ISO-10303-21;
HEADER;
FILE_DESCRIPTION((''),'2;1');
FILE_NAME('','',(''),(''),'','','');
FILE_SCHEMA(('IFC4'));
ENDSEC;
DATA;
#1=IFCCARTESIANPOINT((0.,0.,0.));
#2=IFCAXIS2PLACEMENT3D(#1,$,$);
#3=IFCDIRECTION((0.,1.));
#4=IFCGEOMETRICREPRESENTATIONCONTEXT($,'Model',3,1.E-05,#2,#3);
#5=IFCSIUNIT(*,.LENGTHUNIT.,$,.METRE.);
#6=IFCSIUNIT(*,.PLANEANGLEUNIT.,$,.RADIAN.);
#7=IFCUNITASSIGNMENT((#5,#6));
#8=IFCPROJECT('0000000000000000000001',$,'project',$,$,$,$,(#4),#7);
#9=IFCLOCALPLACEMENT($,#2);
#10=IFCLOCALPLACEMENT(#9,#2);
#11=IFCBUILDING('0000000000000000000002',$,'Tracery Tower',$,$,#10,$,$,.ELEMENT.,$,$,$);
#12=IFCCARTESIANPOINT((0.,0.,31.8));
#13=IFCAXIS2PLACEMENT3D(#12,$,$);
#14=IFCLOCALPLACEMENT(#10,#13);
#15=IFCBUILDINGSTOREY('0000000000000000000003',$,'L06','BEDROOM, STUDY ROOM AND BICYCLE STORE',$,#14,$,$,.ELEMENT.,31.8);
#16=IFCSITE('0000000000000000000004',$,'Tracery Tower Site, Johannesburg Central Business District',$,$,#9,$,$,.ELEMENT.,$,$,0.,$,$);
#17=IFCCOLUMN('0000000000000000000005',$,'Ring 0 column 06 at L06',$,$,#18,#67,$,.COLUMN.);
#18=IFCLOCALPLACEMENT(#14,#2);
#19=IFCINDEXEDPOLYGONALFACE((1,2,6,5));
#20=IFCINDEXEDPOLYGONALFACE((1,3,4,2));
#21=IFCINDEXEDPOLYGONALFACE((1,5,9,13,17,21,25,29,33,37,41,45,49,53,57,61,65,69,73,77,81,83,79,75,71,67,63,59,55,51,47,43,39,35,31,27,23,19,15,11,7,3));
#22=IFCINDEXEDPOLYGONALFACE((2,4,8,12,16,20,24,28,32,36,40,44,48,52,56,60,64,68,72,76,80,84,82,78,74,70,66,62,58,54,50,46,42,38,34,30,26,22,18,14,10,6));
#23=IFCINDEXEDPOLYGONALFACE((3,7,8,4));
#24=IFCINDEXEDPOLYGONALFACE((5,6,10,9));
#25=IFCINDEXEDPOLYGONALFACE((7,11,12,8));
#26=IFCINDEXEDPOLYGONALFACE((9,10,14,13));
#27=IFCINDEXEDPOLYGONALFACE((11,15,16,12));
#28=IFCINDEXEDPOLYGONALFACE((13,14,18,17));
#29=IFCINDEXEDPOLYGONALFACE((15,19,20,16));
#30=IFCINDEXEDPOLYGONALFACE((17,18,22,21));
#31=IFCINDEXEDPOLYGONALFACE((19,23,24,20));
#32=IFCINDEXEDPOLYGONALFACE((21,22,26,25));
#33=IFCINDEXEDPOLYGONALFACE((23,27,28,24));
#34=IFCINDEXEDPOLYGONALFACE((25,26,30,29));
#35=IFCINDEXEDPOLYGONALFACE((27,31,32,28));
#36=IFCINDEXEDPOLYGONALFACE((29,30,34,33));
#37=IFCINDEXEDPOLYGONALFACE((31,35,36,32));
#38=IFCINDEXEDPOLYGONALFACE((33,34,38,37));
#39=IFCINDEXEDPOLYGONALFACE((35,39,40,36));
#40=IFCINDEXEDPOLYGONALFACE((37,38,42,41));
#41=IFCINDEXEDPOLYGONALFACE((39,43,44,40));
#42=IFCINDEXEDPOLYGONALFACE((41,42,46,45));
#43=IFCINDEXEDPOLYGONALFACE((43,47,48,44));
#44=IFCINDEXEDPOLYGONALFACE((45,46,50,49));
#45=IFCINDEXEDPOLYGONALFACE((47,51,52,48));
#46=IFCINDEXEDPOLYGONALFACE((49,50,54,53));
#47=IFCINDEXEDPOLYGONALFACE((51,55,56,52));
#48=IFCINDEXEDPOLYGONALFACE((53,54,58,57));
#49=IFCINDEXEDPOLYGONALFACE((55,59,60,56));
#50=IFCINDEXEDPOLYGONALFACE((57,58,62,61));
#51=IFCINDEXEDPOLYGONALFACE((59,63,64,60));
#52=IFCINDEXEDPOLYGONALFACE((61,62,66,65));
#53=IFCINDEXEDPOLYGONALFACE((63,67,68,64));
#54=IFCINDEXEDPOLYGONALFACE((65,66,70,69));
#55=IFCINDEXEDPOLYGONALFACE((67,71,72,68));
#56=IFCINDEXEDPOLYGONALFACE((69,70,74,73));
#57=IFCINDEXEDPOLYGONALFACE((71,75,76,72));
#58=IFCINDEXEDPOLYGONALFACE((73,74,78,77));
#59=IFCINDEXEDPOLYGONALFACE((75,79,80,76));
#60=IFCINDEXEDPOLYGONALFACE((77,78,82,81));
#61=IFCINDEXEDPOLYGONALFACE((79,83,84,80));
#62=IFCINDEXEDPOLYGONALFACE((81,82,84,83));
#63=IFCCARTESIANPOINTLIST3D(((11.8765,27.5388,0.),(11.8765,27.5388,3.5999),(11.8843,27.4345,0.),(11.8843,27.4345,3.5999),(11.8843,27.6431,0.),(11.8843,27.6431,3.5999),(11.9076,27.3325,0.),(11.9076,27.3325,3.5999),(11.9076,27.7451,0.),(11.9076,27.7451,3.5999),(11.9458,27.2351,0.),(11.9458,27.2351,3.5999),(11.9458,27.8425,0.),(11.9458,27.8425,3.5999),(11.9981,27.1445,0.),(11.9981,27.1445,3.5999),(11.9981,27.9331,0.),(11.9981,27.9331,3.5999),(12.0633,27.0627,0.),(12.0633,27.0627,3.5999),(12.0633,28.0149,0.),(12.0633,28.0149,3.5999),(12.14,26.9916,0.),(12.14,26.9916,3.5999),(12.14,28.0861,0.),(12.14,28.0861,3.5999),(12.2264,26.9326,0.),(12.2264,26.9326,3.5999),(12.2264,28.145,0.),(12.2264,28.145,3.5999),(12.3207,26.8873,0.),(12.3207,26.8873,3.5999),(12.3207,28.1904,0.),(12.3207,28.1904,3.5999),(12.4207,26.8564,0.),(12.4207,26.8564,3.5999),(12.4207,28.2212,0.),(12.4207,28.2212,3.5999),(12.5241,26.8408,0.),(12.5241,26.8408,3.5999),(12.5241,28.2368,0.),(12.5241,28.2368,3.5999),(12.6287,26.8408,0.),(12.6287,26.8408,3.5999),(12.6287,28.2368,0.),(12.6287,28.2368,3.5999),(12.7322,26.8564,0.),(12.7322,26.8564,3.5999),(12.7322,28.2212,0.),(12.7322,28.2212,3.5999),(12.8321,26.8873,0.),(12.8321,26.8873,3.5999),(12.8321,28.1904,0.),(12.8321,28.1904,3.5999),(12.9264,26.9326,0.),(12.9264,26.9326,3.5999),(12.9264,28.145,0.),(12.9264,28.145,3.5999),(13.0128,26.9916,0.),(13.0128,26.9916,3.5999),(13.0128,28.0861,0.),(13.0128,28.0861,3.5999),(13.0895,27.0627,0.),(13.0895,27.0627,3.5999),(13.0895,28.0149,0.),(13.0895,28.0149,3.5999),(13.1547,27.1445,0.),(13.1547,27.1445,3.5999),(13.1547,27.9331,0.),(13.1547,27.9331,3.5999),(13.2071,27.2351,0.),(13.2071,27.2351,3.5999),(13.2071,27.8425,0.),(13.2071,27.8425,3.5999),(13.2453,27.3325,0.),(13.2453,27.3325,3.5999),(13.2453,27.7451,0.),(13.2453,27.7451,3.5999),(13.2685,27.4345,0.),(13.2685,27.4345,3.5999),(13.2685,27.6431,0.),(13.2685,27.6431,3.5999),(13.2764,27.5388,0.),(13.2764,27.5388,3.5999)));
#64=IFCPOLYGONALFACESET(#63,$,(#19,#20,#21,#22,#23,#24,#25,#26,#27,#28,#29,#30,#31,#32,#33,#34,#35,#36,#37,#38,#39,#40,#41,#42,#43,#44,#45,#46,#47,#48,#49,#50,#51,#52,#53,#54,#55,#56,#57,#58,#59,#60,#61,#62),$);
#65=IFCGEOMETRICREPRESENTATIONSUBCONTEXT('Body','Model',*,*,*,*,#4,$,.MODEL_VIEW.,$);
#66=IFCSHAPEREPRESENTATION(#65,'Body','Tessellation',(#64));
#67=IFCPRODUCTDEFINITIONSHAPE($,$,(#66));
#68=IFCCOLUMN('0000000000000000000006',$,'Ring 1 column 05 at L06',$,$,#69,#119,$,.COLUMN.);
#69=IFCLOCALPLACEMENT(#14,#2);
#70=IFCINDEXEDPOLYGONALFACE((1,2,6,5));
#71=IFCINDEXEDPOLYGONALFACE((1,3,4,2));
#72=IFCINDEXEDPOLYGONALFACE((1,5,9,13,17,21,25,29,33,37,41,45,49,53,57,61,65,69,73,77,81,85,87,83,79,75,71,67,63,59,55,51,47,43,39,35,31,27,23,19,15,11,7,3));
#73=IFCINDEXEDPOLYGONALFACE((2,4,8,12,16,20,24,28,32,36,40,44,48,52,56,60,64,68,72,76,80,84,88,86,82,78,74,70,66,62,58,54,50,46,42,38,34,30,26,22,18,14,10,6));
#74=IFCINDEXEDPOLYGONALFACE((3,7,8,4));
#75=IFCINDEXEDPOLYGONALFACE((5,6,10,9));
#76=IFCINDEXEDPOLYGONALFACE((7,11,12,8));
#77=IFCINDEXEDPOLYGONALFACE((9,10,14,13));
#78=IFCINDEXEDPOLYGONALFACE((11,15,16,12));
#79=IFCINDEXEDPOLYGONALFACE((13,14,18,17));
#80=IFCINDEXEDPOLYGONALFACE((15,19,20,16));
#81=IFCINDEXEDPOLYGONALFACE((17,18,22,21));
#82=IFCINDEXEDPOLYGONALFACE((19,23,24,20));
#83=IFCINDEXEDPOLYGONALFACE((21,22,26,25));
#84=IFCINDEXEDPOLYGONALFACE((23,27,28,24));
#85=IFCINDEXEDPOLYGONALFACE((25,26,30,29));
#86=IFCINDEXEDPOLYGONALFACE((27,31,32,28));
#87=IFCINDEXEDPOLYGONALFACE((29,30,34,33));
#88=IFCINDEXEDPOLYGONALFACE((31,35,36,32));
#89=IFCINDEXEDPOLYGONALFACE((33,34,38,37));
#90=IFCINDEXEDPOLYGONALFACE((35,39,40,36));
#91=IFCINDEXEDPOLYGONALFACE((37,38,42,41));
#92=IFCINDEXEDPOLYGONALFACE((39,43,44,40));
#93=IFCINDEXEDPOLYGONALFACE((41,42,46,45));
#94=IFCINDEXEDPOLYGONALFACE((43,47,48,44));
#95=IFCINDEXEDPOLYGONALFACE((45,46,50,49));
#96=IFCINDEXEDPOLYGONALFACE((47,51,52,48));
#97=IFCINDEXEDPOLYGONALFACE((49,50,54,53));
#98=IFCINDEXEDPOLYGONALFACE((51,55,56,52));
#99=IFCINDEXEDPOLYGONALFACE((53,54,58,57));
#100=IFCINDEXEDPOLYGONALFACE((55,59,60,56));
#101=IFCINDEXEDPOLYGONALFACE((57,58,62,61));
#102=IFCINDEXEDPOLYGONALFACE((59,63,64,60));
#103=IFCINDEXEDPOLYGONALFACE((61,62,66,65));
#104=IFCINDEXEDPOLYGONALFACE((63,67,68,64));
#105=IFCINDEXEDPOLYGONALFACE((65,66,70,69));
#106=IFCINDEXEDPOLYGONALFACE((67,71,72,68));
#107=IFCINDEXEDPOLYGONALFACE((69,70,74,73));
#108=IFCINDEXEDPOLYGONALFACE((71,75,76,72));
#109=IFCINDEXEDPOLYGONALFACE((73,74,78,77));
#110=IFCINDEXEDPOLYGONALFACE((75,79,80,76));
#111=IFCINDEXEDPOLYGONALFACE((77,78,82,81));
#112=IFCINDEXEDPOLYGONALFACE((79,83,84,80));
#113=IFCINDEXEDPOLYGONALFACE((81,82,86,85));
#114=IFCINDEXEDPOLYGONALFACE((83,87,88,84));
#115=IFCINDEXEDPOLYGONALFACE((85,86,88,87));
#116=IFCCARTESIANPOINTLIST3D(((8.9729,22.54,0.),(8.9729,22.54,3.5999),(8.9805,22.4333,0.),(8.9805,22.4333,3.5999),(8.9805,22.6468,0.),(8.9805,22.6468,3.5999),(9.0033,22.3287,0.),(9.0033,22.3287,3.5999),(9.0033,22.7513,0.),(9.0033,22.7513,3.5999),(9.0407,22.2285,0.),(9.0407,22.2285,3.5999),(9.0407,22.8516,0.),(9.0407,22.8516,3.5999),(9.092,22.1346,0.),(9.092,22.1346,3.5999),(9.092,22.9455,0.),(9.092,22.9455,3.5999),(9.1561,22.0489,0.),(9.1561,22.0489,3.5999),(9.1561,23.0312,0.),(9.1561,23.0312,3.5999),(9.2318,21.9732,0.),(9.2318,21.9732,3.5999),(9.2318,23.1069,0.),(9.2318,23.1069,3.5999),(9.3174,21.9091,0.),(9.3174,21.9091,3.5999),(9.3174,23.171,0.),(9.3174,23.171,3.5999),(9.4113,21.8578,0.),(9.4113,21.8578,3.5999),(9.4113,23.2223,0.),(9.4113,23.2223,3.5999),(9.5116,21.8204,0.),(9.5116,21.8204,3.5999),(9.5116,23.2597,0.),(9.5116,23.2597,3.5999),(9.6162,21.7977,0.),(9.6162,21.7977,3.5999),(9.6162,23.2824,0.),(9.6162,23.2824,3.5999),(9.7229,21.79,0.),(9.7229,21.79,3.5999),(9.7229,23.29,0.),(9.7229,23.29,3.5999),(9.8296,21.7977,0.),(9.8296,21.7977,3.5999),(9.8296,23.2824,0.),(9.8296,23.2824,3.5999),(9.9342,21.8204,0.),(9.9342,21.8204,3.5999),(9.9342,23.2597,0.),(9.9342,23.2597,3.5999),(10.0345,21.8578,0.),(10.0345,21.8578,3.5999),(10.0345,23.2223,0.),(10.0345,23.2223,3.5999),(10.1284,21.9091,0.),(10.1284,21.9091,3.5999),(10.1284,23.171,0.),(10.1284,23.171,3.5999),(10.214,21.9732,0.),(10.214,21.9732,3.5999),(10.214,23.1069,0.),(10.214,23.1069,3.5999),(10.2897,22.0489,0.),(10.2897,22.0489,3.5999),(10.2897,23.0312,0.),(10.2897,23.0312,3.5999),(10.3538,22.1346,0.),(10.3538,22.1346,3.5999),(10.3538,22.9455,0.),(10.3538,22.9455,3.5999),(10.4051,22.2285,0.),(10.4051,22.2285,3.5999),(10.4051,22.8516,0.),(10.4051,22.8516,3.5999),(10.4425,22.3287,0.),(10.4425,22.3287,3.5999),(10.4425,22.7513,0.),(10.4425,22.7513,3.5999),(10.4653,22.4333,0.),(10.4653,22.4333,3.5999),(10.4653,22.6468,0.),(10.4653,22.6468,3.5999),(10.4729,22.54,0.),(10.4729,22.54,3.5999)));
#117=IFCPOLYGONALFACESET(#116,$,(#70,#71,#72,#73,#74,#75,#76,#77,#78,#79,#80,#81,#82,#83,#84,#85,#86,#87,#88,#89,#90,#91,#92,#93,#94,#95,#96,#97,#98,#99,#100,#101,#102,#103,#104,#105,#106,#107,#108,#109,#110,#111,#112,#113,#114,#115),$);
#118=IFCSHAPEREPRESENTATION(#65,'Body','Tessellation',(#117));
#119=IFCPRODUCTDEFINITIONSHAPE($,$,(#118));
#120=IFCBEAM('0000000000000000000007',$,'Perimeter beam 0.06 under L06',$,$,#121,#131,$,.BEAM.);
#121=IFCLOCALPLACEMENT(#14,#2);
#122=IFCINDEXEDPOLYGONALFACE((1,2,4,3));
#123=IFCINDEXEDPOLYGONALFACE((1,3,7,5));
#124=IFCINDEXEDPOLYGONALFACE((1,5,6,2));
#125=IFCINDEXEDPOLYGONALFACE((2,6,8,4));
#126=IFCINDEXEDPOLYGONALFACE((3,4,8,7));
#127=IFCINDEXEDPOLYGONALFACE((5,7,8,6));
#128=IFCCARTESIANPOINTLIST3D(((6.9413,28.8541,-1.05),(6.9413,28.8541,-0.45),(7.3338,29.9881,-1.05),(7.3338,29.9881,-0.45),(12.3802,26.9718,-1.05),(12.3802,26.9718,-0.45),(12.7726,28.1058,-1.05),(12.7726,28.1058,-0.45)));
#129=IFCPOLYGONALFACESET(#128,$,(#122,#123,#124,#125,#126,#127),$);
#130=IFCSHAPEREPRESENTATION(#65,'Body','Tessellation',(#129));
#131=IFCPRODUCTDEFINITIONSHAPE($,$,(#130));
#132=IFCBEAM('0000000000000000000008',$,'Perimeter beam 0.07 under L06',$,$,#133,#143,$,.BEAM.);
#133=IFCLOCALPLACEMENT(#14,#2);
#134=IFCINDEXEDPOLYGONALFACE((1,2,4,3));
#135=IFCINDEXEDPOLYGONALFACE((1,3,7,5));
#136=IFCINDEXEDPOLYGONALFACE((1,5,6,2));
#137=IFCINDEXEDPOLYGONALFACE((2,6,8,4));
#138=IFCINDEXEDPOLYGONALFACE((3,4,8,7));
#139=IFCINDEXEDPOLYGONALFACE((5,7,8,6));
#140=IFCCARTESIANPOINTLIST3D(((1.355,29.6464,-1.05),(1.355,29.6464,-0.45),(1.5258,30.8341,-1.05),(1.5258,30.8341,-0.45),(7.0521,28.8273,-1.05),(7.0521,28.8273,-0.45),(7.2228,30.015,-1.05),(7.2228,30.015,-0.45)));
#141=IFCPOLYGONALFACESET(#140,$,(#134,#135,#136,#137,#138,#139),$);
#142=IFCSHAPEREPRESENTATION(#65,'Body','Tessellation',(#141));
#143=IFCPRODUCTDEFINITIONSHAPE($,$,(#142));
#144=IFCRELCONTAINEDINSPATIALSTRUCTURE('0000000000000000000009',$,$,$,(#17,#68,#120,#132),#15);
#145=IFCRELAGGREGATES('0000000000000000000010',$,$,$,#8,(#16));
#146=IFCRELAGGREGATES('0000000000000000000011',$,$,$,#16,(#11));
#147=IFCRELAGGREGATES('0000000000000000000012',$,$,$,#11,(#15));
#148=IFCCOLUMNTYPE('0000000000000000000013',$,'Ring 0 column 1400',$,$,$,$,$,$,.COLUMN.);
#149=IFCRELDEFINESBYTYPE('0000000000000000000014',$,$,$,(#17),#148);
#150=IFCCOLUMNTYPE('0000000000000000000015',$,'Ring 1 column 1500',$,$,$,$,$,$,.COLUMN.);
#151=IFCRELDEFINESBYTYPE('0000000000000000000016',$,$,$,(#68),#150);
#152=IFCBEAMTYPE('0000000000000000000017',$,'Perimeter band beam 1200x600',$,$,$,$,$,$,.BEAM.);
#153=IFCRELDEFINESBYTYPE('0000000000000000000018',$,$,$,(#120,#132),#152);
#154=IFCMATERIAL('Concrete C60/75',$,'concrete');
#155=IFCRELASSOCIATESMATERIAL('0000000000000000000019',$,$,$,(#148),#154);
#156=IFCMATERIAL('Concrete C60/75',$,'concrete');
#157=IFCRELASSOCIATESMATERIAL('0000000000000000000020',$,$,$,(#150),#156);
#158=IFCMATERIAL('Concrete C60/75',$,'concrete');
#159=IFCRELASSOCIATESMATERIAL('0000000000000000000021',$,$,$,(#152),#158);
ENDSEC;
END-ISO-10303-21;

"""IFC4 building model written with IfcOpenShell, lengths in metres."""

from ifc_helpers import new_model, si_unit, direction, frame, origin, origin_2d, place, context, subcontext, project, spatial, rectangle, circle, extrude, material, material_profile, profile_set, type_object, element, save


model = new_model("IFC4")

# Units and contexts
model_context = context("Model", 3, precision=1e-05, world=origin(), true_north=direction((0.0, 1.0)))
body_context = subcontext(model_context, "Body", "Model", "MODEL_VIEW")
ifc_project = project(units=[si_unit("LENGTHUNIT", "METRE"), si_unit("PLANEANGLEUNIT", "RADIAN")], contexts=[model_context])

# Site, building, storey
site_placement = place(None, origin())
site = spatial("IfcSite", under=ifc_project, at=site_placement, Name="Tracery Tower Site, Johannesburg Central Business District", CompositionType="ELEMENT", RefElevation=0.0)
building_placement = place(site_placement, origin())
building = spatial("IfcBuilding", under=site, at=building_placement, Name="Tracery Tower", CompositionType="ELEMENT")
storey_placement = place(building_placement, frame((0.0, 0.0, 31.8)))
storey = spatial("IfcBuildingStorey", under=building, at=storey_placement, Name="L06", Description="BEDROOM, STUDY ROOM AND BICYCLE STORE", CompositionType="ELEMENT", Elevation=31.8)

# Columns
ifc_material_1 = material(Name="Concrete C60/75", Category="concrete")
ifc_material_profile_1 = material_profile(ifc_material_1, circle(Radius=0.7, at=origin_2d()), Name="RC D1400")
ifc_profile_set_1 = profile_set([ifc_material_profile_1], Name="Concrete C60/75")
column_type_1 = type_object("IfcColumnType", Name="Ring 0 column 1400", PredefinedType="COLUMN", material=ifc_profile_set_1)
column_1_placement = place(storey_placement, frame((12.5764, 27.5388, 0.0), z_axis=(0.0, 0.0, 1.0), x_axis=(1.0, 0.0, 0.0)))
element("IfcColumn", 1, at=column_1_placement, inside=storey, type_object=column_type_1, Name="Ring 0 column 06 at L06", PredefinedType="COLUMN", context=body_context, shape_type="SweptSolid", body=[
    extrude(circle(Radius=0.7, at=origin_2d()), origin(), (0.0, 0.0, 1.0), 3.5999),
])
ifc_material_2 = material(Name="Concrete C60/75", Category="concrete")
ifc_material_profile_2 = material_profile(ifc_material_2, circle(Radius=0.75, at=origin_2d()), Name="RC D1500")
ifc_profile_set_2 = profile_set([ifc_material_profile_2], Name="Concrete C60/75")
column_type_2 = type_object("IfcColumnType", Name="Ring 1 column 1500", PredefinedType="COLUMN", material=ifc_profile_set_2)
column_2_placement = place(storey_placement, frame((9.7229, 22.54, 0.0), z_axis=(0.0, 0.0, 1.0), x_axis=(1.0, 0.0, 0.0)))
element("IfcColumn", 2, at=column_2_placement, inside=storey, type_object=column_type_2, Name="Ring 1 column 05 at L06", PredefinedType="COLUMN", context=body_context, shape_type="SweptSolid", body=[
    extrude(circle(Radius=0.75, at=origin_2d()), origin(), (0.0, 0.0, 1.0), 3.5999),
])

# Beams
ifc_material_3 = material(Name="Concrete C60/75", Category="concrete")
ifc_material_profile_3 = material_profile(ifc_material_3, rectangle(XDim=1.2, YDim=0.6001, at=origin_2d()), Name="RC 1200x600")
ifc_profile_set_3 = profile_set([ifc_material_profile_3], Name="Concrete C60/75")
beam_type = type_object("IfcBeamType", Name="Perimeter band beam 1200x600", PredefinedType="BEAM", material=ifc_profile_set_3)
beam_1_placement = place(storey_placement, frame((12.5764, 27.5388, -0.75), z_axis=(-0.945007, 0.327049, 0.0), x_axis=(-0.327049, -0.945007, 0.0)))
element("IfcBeam", 3, at=beam_1_placement, inside=storey, type_object=beam_type, Name="Perimeter beam 0.06 under L06", PredefinedType="BEAM", context=body_context, shape_type="SweptSolid", body=[
    extrude(rectangle(XDim=1.2, YDim=0.6001, at=origin_2d()), origin(), (0.0, 0.0, 1.0), 5.7554),
])
beam_2_placement = place(storey_placement, frame((7.1375, 29.4211, -0.75), z_axis=(-0.989822, 0.142312, 0.0), x_axis=(-0.142312, -0.989822, 0.0)))
element("IfcBeam", 4, at=beam_2_placement, inside=storey, type_object=beam_type, Name="Perimeter beam 0.07 under L06", PredefinedType="BEAM", context=body_context, shape_type="SweptSolid", body=[
    extrude(rectangle(XDim=1.2, YDim=0.6001, at=origin_2d()), origin(), (0.0, 0.0, 1.0), 5.7556),
])

save(model, "model.ifc")
